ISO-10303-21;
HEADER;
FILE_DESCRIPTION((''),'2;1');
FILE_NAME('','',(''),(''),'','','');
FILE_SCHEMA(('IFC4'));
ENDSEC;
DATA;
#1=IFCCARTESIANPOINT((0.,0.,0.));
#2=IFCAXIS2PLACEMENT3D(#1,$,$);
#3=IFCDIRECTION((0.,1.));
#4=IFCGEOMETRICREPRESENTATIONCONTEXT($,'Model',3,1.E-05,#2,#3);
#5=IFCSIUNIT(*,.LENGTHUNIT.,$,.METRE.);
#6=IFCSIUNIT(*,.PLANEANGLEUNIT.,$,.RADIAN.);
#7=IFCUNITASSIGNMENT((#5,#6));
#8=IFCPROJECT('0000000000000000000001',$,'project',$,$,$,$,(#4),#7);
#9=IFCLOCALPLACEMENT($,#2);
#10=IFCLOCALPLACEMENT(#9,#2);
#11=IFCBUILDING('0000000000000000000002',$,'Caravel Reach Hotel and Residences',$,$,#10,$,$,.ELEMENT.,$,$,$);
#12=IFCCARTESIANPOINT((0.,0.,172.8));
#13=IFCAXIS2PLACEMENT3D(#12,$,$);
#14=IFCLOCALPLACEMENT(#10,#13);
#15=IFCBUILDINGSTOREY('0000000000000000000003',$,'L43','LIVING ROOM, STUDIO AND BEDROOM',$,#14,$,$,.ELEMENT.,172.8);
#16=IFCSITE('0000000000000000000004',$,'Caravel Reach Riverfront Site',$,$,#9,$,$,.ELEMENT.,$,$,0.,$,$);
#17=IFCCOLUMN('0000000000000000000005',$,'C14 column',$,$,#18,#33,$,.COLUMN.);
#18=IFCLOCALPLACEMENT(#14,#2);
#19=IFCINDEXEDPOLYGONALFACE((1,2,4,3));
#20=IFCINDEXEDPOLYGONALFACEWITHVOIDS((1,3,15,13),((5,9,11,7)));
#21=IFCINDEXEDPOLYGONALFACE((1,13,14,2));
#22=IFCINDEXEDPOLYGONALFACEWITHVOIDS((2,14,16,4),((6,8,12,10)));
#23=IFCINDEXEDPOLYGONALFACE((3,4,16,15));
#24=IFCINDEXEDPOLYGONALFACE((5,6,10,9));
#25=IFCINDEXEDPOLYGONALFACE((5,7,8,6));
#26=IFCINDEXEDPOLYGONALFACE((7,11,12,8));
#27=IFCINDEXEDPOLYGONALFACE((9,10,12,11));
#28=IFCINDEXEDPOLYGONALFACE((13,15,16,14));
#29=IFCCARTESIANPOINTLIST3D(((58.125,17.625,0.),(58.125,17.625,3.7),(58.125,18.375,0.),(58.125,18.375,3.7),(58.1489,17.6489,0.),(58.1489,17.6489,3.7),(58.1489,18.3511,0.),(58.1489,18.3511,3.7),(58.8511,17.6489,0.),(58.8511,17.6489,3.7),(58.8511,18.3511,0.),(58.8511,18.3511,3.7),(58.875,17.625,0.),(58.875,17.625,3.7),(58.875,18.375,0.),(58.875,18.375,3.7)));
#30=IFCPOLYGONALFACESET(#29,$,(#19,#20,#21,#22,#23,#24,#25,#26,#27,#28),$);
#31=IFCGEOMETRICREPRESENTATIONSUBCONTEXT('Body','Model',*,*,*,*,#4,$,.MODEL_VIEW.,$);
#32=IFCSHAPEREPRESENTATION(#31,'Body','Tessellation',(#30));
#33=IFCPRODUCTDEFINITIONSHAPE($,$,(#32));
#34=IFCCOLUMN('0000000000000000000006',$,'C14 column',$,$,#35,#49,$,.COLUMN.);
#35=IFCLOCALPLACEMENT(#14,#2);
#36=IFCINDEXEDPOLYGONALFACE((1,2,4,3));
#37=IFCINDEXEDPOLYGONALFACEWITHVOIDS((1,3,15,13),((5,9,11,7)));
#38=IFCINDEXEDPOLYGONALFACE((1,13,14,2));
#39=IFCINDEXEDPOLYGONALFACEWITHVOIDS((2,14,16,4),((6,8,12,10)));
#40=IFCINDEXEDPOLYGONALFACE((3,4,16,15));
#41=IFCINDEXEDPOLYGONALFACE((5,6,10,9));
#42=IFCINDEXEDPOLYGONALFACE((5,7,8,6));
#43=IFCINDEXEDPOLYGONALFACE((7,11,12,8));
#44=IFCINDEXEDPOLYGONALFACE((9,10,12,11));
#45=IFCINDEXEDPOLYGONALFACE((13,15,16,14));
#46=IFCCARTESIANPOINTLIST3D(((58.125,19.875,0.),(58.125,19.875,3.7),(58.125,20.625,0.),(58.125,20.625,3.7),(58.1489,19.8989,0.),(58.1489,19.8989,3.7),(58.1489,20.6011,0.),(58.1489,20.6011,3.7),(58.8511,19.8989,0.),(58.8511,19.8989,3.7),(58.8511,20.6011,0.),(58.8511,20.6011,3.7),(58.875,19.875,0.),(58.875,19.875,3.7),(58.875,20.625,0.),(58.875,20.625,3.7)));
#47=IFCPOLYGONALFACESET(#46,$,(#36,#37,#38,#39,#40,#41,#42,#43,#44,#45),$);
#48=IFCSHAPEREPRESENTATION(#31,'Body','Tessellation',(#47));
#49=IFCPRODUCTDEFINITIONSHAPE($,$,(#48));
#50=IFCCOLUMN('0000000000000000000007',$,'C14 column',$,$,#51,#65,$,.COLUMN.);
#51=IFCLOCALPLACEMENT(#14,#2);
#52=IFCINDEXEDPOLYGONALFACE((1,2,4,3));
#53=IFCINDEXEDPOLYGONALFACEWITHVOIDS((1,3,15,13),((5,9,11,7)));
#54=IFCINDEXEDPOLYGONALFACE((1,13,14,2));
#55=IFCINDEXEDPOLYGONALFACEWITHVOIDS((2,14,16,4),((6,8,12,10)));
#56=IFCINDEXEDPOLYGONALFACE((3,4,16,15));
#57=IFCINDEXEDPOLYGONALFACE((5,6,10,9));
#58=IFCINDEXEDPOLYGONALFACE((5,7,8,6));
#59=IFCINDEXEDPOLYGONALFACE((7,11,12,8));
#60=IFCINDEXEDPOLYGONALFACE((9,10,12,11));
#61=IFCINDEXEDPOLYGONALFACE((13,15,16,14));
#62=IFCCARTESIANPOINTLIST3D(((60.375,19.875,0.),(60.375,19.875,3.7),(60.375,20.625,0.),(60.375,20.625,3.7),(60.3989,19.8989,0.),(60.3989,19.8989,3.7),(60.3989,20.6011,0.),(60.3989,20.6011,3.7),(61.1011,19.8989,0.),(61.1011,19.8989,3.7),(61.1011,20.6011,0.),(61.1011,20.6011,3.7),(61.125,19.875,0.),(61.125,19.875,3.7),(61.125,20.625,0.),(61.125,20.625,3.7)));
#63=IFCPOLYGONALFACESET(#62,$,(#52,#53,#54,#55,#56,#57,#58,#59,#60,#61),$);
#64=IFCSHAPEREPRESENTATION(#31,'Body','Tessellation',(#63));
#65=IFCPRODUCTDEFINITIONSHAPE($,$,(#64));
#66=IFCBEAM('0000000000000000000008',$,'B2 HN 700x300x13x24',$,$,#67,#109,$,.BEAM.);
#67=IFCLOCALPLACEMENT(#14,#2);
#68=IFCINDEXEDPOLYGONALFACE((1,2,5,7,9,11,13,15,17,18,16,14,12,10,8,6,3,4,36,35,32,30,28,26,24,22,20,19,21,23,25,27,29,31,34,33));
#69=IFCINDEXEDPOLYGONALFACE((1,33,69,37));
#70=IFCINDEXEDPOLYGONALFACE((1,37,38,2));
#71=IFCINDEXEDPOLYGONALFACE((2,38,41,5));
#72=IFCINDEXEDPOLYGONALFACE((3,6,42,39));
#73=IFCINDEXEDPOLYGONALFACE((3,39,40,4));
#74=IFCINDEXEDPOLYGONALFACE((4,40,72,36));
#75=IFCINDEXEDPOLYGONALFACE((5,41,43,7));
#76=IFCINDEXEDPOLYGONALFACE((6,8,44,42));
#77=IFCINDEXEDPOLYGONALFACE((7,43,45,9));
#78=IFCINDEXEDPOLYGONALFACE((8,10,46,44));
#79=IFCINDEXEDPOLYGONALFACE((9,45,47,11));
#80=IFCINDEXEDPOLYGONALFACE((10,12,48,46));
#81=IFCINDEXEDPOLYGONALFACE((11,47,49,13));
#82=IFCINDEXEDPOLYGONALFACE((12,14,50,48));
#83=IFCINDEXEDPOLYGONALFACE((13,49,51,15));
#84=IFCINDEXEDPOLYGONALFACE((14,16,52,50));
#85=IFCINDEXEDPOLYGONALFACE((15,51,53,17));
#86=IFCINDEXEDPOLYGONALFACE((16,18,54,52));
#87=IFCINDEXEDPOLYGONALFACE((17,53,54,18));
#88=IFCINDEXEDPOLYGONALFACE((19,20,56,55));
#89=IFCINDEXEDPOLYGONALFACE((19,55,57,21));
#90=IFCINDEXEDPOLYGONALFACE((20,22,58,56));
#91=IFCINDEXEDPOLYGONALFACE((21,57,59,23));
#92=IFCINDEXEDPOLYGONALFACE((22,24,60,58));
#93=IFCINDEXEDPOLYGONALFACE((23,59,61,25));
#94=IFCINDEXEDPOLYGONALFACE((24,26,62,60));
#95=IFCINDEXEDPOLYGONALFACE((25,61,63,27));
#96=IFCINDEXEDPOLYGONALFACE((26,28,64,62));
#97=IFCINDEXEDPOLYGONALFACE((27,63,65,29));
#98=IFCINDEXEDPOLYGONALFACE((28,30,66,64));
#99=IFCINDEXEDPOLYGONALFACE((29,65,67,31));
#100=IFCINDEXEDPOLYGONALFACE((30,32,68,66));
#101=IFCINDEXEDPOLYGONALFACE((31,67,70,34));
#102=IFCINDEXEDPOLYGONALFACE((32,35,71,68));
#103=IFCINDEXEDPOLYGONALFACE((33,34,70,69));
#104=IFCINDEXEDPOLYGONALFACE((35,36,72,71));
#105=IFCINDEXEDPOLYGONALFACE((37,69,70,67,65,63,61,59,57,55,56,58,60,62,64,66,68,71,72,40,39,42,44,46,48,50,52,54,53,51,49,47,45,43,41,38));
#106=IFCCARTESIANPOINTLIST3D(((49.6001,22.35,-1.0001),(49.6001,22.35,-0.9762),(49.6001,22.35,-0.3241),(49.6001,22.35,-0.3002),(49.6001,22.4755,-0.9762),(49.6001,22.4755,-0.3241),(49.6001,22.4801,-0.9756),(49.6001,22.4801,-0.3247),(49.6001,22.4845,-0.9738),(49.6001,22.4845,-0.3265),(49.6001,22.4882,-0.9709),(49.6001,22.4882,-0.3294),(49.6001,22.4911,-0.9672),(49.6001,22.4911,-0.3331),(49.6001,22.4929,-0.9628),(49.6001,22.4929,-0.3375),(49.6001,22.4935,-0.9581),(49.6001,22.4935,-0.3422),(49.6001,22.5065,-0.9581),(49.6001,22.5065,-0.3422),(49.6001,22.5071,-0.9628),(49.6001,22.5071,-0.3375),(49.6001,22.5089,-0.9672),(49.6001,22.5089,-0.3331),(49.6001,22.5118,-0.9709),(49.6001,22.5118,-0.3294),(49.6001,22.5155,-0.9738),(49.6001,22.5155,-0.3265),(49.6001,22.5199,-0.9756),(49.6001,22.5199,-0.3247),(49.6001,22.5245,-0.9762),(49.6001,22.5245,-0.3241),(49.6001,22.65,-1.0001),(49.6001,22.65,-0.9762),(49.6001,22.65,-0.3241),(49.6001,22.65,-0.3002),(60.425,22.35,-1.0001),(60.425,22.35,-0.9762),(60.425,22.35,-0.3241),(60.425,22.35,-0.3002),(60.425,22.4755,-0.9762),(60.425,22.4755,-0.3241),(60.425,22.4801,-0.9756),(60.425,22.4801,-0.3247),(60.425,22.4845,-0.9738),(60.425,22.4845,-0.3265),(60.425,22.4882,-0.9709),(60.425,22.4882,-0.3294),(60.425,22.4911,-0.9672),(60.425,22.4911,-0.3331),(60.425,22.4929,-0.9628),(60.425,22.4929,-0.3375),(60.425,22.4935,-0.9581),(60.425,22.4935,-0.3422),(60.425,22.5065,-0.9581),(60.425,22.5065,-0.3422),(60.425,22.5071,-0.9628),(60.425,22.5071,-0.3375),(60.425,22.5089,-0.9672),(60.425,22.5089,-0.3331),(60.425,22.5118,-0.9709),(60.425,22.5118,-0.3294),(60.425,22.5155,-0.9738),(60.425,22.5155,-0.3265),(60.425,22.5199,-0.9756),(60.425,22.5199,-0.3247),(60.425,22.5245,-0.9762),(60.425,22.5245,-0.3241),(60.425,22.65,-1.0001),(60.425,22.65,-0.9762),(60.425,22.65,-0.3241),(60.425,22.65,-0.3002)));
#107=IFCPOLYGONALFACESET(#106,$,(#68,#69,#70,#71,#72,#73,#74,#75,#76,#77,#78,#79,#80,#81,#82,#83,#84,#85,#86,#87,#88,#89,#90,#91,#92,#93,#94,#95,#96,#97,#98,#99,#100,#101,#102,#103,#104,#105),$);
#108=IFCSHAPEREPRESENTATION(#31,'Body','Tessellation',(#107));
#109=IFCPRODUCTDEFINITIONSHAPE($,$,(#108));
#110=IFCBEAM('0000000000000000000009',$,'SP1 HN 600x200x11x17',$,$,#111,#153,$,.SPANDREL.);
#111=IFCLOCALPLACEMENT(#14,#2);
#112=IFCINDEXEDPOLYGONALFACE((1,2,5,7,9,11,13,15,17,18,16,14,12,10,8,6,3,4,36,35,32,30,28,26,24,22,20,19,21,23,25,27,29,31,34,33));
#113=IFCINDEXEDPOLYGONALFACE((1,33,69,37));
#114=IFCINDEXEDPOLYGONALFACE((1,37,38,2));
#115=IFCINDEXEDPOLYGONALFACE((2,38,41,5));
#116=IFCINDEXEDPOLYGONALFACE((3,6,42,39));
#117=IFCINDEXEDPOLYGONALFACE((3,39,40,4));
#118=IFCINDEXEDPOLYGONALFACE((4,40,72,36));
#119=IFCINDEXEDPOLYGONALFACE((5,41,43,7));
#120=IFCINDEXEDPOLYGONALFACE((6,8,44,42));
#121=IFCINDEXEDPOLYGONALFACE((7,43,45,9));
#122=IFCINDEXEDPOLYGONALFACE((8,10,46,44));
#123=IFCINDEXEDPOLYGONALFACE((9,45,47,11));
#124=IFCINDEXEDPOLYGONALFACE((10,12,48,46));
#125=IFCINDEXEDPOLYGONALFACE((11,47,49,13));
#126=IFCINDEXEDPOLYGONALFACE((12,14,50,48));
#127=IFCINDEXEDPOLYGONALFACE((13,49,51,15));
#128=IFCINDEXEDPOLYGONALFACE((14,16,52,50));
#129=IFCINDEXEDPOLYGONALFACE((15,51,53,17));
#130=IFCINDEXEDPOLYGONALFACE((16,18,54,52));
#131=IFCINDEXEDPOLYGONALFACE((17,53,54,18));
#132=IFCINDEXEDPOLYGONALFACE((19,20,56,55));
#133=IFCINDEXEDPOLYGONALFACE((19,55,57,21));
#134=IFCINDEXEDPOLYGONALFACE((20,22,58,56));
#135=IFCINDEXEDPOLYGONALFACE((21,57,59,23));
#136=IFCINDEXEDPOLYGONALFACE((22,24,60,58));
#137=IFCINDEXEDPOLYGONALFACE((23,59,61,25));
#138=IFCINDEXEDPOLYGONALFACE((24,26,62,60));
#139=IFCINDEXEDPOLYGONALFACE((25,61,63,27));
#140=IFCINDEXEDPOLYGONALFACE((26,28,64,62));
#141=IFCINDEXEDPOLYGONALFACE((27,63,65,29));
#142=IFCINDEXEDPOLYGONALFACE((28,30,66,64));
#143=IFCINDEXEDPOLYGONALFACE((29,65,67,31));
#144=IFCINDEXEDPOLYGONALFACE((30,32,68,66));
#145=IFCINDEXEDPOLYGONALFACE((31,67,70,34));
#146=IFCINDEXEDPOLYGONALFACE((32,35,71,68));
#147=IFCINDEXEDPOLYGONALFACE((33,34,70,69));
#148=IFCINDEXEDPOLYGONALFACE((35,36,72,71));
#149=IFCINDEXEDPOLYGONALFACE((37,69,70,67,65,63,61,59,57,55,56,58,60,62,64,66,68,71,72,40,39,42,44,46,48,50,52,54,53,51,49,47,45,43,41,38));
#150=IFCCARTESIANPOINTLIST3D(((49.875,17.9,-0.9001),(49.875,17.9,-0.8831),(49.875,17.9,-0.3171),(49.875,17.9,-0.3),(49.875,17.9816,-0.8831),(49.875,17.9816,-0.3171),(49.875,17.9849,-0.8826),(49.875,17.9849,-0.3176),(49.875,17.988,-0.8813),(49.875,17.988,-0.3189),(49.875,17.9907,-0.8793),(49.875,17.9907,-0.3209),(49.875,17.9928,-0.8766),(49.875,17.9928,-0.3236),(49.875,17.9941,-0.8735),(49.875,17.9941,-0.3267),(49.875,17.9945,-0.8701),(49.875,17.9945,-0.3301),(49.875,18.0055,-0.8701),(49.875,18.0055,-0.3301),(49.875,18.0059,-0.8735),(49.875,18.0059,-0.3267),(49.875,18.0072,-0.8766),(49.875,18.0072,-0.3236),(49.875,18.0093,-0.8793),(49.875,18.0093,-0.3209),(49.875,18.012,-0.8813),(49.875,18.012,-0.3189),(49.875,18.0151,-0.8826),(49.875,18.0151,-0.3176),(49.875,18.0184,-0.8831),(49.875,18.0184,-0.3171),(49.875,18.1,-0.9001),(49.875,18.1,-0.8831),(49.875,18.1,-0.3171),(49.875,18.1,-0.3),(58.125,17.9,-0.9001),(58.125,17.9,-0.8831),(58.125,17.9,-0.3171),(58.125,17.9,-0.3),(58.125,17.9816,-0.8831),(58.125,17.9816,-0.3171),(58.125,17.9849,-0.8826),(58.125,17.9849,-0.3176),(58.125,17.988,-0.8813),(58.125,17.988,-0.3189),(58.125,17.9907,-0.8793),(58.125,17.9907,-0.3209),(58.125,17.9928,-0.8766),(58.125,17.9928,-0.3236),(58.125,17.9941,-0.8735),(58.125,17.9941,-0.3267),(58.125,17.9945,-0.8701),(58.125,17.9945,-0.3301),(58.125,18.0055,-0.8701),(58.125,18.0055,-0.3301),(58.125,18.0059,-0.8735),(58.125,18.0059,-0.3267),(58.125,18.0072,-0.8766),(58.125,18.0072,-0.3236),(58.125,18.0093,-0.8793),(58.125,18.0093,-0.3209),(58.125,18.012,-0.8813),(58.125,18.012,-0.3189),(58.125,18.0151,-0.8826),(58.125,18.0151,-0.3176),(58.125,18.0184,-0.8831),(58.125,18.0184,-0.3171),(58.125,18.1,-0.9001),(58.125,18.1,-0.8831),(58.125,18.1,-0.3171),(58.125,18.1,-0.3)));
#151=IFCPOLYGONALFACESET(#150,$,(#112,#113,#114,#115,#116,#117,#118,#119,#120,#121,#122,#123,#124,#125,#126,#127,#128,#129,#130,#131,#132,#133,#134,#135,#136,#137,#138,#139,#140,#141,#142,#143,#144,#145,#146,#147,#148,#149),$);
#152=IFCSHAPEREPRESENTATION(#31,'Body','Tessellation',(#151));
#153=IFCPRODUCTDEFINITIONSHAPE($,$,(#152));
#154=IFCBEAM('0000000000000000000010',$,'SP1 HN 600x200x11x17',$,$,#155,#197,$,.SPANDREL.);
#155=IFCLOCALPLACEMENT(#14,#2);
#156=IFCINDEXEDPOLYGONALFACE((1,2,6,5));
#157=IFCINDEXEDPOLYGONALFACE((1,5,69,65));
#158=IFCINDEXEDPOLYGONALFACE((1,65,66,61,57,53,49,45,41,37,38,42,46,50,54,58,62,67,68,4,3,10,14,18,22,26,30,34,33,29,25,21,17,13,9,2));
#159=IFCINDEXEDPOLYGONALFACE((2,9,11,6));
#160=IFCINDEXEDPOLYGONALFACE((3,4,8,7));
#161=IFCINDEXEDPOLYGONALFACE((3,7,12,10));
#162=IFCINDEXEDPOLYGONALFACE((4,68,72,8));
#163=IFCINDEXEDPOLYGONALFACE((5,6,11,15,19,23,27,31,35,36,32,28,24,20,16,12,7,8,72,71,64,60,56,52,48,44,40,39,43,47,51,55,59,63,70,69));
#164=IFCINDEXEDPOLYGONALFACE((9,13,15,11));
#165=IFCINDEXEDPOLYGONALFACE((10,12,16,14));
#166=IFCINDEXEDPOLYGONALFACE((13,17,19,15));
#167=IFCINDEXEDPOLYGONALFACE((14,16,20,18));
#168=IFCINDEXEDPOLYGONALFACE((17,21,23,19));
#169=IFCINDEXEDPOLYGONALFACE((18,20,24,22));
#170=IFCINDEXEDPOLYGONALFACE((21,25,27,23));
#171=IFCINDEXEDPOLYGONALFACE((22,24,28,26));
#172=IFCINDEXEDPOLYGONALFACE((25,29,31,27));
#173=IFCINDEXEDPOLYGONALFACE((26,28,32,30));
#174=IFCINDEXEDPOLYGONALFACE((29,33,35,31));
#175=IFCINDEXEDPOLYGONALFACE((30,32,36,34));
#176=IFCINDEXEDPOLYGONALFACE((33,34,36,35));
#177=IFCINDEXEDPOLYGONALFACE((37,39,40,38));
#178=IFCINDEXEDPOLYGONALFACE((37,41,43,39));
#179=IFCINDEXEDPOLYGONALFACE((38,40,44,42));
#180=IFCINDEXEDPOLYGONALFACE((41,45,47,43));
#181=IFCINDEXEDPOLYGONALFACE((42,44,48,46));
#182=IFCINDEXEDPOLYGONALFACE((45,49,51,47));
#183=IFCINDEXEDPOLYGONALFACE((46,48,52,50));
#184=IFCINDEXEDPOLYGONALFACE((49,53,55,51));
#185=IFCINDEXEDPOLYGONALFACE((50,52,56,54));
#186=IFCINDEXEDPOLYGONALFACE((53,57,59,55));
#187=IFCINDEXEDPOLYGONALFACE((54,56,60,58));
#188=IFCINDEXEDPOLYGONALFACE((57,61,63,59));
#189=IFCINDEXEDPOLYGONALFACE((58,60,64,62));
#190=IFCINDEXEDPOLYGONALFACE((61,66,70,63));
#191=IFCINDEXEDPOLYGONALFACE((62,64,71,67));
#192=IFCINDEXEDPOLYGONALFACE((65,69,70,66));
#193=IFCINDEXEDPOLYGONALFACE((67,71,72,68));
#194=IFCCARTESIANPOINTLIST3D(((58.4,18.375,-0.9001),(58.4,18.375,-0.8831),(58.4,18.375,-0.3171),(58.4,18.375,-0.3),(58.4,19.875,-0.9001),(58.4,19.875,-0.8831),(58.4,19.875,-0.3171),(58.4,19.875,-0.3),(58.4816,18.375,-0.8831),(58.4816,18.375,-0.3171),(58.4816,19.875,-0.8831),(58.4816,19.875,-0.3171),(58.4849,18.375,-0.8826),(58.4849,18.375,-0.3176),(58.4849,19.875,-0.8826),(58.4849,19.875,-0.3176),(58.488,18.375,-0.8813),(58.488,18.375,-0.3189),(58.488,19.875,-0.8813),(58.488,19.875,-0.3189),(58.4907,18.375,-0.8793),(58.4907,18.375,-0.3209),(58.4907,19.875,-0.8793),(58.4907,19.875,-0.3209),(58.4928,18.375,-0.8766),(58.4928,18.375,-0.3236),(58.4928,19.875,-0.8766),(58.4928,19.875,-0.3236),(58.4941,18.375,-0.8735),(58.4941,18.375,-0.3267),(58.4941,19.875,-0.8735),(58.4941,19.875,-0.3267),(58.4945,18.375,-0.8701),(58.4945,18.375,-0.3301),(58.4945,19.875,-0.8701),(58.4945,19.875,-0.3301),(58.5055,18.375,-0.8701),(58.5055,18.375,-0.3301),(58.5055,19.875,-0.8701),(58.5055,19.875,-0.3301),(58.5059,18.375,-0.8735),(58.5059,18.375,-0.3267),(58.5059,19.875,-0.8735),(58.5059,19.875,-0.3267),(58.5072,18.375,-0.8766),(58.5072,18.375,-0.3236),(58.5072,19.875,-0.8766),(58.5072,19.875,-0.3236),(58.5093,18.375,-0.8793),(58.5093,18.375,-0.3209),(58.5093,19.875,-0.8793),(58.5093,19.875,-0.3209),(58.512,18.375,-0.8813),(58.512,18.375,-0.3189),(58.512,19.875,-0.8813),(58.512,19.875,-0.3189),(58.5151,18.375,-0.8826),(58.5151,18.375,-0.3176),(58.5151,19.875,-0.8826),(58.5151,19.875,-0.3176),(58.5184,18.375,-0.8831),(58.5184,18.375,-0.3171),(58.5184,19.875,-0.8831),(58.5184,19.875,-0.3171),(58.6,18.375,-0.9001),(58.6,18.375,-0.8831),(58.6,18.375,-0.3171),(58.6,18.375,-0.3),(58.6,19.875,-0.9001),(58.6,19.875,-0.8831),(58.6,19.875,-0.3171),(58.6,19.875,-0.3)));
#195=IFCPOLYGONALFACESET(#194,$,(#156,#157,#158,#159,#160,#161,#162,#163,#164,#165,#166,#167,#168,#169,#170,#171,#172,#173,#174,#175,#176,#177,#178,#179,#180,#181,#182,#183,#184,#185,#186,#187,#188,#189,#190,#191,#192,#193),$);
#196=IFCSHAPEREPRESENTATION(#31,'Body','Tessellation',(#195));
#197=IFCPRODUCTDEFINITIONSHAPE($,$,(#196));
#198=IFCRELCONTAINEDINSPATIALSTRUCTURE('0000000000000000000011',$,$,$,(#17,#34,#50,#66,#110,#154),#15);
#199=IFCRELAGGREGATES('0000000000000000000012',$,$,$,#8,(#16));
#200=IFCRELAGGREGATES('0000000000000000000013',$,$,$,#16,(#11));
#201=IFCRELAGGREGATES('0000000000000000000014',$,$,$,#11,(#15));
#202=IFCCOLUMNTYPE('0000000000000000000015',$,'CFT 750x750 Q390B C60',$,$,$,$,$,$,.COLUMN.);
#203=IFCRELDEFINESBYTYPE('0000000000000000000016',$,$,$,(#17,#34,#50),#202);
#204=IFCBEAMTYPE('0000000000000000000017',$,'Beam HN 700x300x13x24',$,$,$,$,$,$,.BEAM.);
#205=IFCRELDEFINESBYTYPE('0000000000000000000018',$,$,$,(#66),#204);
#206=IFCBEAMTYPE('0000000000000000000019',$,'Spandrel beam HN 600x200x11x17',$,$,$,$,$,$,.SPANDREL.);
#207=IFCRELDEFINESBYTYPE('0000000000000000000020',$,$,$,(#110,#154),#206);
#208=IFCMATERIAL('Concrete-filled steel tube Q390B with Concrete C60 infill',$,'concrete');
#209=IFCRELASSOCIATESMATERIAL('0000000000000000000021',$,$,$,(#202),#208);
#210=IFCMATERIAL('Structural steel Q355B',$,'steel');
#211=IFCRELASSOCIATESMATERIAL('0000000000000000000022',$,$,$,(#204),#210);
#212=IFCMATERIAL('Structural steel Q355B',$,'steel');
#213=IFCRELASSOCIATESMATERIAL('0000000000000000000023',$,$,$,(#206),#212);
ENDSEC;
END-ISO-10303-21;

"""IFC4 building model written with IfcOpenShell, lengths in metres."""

from ifc_helpers import new_model, si_unit, direction, frame, origin, origin_2d, place, context, subcontext, project, spatial, hollow_rectangle, i_section, extrude, material, material_profile, profile_set, type_object, element, save


model = new_model("IFC4")

# Units and contexts
model_context = context("Model", 3, precision=1e-05, world=origin(), true_north=direction((0.0, 1.0)))
body_context = subcontext(model_context, "Body", "Model", "MODEL_VIEW")
ifc_project = project(units=[si_unit("LENGTHUNIT", "METRE"), si_unit("PLANEANGLEUNIT", "RADIAN")], contexts=[model_context])

# Site, building, storey
site_placement = place(None, origin())
site = spatial("IfcSite", under=ifc_project, at=site_placement, Name="Caravel Reach Riverfront Site", CompositionType="ELEMENT", RefElevation=0.0)
building_placement = place(site_placement, origin())
building = spatial("IfcBuilding", under=site, at=building_placement, Name="Caravel Reach Hotel and Residences", CompositionType="ELEMENT")
storey_placement = place(building_placement, frame((0.0, 0.0, 172.8)))
storey = spatial("IfcBuildingStorey", under=building, at=storey_placement, Name="L43", Description="LIVING ROOM, STUDIO AND BEDROOM", CompositionType="ELEMENT", Elevation=172.8)

# Columns
ifc_material_1 = material(Name="Concrete-filled steel tube Q390B with Concrete C60 infill", Category="concrete")
ifc_material_profile_1 = material_profile(ifc_material_1, hollow_rectangle(XDim=0.75, YDim=0.75, WallThickness=0.0239, at=origin_2d()), Name="RHS 750x750x24")
ifc_profile_set_1 = profile_set([ifc_material_profile_1], Name="Concrete-filled steel tube Q390B with Concrete C60 infill")
column_type = type_object("IfcColumnType", Name="CFT 750x750 Q390B C60", PredefinedType="COLUMN", material=ifc_profile_set_1)
for number, where, z_axis, x_axis, name in (
    (1, (58.5, 18.0, 0.0), (0.0, 0.0, 1.0), (1.0, 0.0, 0.0), "C14 column"),
    (2, (58.5, 20.25, 0.0), (0.0, 0.0, 1.0), (1.0, 0.0, 0.0), "C14 column"),
    (3, (60.75, 20.25, 0.0), (0.0, 0.0, 1.0), (1.0, 0.0, 0.0), "C14 column"),
):
    element("IfcColumn", number, at=place(storey_placement, frame(where, z_axis=z_axis, x_axis=x_axis)), inside=storey, type_object=column_type, Name=name, PredefinedType="COLUMN", context=body_context, shape_type="SweptSolid", body=[
        extrude(hollow_rectangle(XDim=0.75, YDim=0.75, WallThickness=0.0239, at=origin_2d()), origin(), (0.0, 0.0, 1.0), 3.7),
    ])

# Beams
ifc_material_2 = material(Name="Structural steel Q355B", Category="steel")
ifc_material_profile_2 = material_profile(ifc_material_2, i_section(OverallWidth=0.3, OverallDepth=0.7, WebThickness=0.0129, FlangeThickness=0.0239, FilletRadius=0.0181, at=origin_2d()), Name="HN 700x300x13x24")
ifc_profile_set_2 = profile_set([ifc_material_profile_2], Name="Structural steel Q355B")
beam_type_1 = type_object("IfcBeamType", Name="Beam HN 700x300x13x24", PredefinedType="BEAM", material=ifc_profile_set_2)
beam_1_placement = place(storey_placement, frame((49.6001, 22.5, -0.6501), z_axis=(1.0, 0.0, 0.0), x_axis=(0.0, 1.0, 0.0)))
element("IfcBeam", 4, at=beam_1_placement, inside=storey, type_object=beam_type_1, Name="B2 HN 700x300x13x24", PredefinedType="BEAM", context=body_context, shape_type="SweptSolid", body=[
    extrude(i_section(OverallWidth=0.3, OverallDepth=0.7, WebThickness=0.0129, FlangeThickness=0.0239, FilletRadius=0.0181, at=origin_2d()), origin(), (0.0, 0.0, 1.0), 10.825),
])
ifc_material_3 = material(Name="Structural steel Q355B", Category="steel")
ifc_material_profile_3 = material_profile(ifc_material_3, i_section(OverallWidth=0.2, OverallDepth=0.6001, WebThickness=0.011, FlangeThickness=0.0171, FilletRadius=0.0129, at=origin_2d()), Name="HN 600x200x11x17")
ifc_profile_set_3 = profile_set([ifc_material_profile_3], Name="Structural steel Q355B")
beam_type_2 = type_object("IfcBeamType", Name="Spandrel beam HN 600x200x11x17", PredefinedType="SPANDREL", material=ifc_profile_set_3)
beam_2_placement = place(storey_placement, frame((49.875, 18.0, -0.6001), z_axis=(1.0, 0.0, 0.0), x_axis=(0.0, 1.0, 0.0)))
element("IfcBeam", 5, at=beam_2_placement, inside=storey, type_object=beam_type_2, Name="SP1 HN 600x200x11x17", PredefinedType="SPANDREL", context=body_context, shape_type="SweptSolid", body=[
    extrude(i_section(OverallWidth=0.2, OverallDepth=0.6001, WebThickness=0.011, FlangeThickness=0.0171, FilletRadius=0.0129, at=origin_2d()), origin(), (0.0, 0.0, 1.0), 8.25),
])
for number, where, z_axis, x_axis, name in (
    (6, (58.5, 18.375, -0.6001), (0.0, 1.0, 0.0), (-1.0, 0.0, 0.0), "SP1 HN 600x200x11x17"),
):
    element("IfcBeam", number, at=place(storey_placement, frame(where, z_axis=z_axis, x_axis=x_axis)), inside=storey, type_object=beam_type_2, Name=name, PredefinedType="SPANDREL", context=body_context, shape_type="SweptSolid", body=[
        extrude(i_section(OverallWidth=0.2, OverallDepth=0.6001, WebThickness=0.011, FlangeThickness=0.0171, FilletRadius=0.0129, at=origin_2d()), origin(), (0.0, 0.0, 1.0), 1.5),
    ])

save(model, "model.ifc")
